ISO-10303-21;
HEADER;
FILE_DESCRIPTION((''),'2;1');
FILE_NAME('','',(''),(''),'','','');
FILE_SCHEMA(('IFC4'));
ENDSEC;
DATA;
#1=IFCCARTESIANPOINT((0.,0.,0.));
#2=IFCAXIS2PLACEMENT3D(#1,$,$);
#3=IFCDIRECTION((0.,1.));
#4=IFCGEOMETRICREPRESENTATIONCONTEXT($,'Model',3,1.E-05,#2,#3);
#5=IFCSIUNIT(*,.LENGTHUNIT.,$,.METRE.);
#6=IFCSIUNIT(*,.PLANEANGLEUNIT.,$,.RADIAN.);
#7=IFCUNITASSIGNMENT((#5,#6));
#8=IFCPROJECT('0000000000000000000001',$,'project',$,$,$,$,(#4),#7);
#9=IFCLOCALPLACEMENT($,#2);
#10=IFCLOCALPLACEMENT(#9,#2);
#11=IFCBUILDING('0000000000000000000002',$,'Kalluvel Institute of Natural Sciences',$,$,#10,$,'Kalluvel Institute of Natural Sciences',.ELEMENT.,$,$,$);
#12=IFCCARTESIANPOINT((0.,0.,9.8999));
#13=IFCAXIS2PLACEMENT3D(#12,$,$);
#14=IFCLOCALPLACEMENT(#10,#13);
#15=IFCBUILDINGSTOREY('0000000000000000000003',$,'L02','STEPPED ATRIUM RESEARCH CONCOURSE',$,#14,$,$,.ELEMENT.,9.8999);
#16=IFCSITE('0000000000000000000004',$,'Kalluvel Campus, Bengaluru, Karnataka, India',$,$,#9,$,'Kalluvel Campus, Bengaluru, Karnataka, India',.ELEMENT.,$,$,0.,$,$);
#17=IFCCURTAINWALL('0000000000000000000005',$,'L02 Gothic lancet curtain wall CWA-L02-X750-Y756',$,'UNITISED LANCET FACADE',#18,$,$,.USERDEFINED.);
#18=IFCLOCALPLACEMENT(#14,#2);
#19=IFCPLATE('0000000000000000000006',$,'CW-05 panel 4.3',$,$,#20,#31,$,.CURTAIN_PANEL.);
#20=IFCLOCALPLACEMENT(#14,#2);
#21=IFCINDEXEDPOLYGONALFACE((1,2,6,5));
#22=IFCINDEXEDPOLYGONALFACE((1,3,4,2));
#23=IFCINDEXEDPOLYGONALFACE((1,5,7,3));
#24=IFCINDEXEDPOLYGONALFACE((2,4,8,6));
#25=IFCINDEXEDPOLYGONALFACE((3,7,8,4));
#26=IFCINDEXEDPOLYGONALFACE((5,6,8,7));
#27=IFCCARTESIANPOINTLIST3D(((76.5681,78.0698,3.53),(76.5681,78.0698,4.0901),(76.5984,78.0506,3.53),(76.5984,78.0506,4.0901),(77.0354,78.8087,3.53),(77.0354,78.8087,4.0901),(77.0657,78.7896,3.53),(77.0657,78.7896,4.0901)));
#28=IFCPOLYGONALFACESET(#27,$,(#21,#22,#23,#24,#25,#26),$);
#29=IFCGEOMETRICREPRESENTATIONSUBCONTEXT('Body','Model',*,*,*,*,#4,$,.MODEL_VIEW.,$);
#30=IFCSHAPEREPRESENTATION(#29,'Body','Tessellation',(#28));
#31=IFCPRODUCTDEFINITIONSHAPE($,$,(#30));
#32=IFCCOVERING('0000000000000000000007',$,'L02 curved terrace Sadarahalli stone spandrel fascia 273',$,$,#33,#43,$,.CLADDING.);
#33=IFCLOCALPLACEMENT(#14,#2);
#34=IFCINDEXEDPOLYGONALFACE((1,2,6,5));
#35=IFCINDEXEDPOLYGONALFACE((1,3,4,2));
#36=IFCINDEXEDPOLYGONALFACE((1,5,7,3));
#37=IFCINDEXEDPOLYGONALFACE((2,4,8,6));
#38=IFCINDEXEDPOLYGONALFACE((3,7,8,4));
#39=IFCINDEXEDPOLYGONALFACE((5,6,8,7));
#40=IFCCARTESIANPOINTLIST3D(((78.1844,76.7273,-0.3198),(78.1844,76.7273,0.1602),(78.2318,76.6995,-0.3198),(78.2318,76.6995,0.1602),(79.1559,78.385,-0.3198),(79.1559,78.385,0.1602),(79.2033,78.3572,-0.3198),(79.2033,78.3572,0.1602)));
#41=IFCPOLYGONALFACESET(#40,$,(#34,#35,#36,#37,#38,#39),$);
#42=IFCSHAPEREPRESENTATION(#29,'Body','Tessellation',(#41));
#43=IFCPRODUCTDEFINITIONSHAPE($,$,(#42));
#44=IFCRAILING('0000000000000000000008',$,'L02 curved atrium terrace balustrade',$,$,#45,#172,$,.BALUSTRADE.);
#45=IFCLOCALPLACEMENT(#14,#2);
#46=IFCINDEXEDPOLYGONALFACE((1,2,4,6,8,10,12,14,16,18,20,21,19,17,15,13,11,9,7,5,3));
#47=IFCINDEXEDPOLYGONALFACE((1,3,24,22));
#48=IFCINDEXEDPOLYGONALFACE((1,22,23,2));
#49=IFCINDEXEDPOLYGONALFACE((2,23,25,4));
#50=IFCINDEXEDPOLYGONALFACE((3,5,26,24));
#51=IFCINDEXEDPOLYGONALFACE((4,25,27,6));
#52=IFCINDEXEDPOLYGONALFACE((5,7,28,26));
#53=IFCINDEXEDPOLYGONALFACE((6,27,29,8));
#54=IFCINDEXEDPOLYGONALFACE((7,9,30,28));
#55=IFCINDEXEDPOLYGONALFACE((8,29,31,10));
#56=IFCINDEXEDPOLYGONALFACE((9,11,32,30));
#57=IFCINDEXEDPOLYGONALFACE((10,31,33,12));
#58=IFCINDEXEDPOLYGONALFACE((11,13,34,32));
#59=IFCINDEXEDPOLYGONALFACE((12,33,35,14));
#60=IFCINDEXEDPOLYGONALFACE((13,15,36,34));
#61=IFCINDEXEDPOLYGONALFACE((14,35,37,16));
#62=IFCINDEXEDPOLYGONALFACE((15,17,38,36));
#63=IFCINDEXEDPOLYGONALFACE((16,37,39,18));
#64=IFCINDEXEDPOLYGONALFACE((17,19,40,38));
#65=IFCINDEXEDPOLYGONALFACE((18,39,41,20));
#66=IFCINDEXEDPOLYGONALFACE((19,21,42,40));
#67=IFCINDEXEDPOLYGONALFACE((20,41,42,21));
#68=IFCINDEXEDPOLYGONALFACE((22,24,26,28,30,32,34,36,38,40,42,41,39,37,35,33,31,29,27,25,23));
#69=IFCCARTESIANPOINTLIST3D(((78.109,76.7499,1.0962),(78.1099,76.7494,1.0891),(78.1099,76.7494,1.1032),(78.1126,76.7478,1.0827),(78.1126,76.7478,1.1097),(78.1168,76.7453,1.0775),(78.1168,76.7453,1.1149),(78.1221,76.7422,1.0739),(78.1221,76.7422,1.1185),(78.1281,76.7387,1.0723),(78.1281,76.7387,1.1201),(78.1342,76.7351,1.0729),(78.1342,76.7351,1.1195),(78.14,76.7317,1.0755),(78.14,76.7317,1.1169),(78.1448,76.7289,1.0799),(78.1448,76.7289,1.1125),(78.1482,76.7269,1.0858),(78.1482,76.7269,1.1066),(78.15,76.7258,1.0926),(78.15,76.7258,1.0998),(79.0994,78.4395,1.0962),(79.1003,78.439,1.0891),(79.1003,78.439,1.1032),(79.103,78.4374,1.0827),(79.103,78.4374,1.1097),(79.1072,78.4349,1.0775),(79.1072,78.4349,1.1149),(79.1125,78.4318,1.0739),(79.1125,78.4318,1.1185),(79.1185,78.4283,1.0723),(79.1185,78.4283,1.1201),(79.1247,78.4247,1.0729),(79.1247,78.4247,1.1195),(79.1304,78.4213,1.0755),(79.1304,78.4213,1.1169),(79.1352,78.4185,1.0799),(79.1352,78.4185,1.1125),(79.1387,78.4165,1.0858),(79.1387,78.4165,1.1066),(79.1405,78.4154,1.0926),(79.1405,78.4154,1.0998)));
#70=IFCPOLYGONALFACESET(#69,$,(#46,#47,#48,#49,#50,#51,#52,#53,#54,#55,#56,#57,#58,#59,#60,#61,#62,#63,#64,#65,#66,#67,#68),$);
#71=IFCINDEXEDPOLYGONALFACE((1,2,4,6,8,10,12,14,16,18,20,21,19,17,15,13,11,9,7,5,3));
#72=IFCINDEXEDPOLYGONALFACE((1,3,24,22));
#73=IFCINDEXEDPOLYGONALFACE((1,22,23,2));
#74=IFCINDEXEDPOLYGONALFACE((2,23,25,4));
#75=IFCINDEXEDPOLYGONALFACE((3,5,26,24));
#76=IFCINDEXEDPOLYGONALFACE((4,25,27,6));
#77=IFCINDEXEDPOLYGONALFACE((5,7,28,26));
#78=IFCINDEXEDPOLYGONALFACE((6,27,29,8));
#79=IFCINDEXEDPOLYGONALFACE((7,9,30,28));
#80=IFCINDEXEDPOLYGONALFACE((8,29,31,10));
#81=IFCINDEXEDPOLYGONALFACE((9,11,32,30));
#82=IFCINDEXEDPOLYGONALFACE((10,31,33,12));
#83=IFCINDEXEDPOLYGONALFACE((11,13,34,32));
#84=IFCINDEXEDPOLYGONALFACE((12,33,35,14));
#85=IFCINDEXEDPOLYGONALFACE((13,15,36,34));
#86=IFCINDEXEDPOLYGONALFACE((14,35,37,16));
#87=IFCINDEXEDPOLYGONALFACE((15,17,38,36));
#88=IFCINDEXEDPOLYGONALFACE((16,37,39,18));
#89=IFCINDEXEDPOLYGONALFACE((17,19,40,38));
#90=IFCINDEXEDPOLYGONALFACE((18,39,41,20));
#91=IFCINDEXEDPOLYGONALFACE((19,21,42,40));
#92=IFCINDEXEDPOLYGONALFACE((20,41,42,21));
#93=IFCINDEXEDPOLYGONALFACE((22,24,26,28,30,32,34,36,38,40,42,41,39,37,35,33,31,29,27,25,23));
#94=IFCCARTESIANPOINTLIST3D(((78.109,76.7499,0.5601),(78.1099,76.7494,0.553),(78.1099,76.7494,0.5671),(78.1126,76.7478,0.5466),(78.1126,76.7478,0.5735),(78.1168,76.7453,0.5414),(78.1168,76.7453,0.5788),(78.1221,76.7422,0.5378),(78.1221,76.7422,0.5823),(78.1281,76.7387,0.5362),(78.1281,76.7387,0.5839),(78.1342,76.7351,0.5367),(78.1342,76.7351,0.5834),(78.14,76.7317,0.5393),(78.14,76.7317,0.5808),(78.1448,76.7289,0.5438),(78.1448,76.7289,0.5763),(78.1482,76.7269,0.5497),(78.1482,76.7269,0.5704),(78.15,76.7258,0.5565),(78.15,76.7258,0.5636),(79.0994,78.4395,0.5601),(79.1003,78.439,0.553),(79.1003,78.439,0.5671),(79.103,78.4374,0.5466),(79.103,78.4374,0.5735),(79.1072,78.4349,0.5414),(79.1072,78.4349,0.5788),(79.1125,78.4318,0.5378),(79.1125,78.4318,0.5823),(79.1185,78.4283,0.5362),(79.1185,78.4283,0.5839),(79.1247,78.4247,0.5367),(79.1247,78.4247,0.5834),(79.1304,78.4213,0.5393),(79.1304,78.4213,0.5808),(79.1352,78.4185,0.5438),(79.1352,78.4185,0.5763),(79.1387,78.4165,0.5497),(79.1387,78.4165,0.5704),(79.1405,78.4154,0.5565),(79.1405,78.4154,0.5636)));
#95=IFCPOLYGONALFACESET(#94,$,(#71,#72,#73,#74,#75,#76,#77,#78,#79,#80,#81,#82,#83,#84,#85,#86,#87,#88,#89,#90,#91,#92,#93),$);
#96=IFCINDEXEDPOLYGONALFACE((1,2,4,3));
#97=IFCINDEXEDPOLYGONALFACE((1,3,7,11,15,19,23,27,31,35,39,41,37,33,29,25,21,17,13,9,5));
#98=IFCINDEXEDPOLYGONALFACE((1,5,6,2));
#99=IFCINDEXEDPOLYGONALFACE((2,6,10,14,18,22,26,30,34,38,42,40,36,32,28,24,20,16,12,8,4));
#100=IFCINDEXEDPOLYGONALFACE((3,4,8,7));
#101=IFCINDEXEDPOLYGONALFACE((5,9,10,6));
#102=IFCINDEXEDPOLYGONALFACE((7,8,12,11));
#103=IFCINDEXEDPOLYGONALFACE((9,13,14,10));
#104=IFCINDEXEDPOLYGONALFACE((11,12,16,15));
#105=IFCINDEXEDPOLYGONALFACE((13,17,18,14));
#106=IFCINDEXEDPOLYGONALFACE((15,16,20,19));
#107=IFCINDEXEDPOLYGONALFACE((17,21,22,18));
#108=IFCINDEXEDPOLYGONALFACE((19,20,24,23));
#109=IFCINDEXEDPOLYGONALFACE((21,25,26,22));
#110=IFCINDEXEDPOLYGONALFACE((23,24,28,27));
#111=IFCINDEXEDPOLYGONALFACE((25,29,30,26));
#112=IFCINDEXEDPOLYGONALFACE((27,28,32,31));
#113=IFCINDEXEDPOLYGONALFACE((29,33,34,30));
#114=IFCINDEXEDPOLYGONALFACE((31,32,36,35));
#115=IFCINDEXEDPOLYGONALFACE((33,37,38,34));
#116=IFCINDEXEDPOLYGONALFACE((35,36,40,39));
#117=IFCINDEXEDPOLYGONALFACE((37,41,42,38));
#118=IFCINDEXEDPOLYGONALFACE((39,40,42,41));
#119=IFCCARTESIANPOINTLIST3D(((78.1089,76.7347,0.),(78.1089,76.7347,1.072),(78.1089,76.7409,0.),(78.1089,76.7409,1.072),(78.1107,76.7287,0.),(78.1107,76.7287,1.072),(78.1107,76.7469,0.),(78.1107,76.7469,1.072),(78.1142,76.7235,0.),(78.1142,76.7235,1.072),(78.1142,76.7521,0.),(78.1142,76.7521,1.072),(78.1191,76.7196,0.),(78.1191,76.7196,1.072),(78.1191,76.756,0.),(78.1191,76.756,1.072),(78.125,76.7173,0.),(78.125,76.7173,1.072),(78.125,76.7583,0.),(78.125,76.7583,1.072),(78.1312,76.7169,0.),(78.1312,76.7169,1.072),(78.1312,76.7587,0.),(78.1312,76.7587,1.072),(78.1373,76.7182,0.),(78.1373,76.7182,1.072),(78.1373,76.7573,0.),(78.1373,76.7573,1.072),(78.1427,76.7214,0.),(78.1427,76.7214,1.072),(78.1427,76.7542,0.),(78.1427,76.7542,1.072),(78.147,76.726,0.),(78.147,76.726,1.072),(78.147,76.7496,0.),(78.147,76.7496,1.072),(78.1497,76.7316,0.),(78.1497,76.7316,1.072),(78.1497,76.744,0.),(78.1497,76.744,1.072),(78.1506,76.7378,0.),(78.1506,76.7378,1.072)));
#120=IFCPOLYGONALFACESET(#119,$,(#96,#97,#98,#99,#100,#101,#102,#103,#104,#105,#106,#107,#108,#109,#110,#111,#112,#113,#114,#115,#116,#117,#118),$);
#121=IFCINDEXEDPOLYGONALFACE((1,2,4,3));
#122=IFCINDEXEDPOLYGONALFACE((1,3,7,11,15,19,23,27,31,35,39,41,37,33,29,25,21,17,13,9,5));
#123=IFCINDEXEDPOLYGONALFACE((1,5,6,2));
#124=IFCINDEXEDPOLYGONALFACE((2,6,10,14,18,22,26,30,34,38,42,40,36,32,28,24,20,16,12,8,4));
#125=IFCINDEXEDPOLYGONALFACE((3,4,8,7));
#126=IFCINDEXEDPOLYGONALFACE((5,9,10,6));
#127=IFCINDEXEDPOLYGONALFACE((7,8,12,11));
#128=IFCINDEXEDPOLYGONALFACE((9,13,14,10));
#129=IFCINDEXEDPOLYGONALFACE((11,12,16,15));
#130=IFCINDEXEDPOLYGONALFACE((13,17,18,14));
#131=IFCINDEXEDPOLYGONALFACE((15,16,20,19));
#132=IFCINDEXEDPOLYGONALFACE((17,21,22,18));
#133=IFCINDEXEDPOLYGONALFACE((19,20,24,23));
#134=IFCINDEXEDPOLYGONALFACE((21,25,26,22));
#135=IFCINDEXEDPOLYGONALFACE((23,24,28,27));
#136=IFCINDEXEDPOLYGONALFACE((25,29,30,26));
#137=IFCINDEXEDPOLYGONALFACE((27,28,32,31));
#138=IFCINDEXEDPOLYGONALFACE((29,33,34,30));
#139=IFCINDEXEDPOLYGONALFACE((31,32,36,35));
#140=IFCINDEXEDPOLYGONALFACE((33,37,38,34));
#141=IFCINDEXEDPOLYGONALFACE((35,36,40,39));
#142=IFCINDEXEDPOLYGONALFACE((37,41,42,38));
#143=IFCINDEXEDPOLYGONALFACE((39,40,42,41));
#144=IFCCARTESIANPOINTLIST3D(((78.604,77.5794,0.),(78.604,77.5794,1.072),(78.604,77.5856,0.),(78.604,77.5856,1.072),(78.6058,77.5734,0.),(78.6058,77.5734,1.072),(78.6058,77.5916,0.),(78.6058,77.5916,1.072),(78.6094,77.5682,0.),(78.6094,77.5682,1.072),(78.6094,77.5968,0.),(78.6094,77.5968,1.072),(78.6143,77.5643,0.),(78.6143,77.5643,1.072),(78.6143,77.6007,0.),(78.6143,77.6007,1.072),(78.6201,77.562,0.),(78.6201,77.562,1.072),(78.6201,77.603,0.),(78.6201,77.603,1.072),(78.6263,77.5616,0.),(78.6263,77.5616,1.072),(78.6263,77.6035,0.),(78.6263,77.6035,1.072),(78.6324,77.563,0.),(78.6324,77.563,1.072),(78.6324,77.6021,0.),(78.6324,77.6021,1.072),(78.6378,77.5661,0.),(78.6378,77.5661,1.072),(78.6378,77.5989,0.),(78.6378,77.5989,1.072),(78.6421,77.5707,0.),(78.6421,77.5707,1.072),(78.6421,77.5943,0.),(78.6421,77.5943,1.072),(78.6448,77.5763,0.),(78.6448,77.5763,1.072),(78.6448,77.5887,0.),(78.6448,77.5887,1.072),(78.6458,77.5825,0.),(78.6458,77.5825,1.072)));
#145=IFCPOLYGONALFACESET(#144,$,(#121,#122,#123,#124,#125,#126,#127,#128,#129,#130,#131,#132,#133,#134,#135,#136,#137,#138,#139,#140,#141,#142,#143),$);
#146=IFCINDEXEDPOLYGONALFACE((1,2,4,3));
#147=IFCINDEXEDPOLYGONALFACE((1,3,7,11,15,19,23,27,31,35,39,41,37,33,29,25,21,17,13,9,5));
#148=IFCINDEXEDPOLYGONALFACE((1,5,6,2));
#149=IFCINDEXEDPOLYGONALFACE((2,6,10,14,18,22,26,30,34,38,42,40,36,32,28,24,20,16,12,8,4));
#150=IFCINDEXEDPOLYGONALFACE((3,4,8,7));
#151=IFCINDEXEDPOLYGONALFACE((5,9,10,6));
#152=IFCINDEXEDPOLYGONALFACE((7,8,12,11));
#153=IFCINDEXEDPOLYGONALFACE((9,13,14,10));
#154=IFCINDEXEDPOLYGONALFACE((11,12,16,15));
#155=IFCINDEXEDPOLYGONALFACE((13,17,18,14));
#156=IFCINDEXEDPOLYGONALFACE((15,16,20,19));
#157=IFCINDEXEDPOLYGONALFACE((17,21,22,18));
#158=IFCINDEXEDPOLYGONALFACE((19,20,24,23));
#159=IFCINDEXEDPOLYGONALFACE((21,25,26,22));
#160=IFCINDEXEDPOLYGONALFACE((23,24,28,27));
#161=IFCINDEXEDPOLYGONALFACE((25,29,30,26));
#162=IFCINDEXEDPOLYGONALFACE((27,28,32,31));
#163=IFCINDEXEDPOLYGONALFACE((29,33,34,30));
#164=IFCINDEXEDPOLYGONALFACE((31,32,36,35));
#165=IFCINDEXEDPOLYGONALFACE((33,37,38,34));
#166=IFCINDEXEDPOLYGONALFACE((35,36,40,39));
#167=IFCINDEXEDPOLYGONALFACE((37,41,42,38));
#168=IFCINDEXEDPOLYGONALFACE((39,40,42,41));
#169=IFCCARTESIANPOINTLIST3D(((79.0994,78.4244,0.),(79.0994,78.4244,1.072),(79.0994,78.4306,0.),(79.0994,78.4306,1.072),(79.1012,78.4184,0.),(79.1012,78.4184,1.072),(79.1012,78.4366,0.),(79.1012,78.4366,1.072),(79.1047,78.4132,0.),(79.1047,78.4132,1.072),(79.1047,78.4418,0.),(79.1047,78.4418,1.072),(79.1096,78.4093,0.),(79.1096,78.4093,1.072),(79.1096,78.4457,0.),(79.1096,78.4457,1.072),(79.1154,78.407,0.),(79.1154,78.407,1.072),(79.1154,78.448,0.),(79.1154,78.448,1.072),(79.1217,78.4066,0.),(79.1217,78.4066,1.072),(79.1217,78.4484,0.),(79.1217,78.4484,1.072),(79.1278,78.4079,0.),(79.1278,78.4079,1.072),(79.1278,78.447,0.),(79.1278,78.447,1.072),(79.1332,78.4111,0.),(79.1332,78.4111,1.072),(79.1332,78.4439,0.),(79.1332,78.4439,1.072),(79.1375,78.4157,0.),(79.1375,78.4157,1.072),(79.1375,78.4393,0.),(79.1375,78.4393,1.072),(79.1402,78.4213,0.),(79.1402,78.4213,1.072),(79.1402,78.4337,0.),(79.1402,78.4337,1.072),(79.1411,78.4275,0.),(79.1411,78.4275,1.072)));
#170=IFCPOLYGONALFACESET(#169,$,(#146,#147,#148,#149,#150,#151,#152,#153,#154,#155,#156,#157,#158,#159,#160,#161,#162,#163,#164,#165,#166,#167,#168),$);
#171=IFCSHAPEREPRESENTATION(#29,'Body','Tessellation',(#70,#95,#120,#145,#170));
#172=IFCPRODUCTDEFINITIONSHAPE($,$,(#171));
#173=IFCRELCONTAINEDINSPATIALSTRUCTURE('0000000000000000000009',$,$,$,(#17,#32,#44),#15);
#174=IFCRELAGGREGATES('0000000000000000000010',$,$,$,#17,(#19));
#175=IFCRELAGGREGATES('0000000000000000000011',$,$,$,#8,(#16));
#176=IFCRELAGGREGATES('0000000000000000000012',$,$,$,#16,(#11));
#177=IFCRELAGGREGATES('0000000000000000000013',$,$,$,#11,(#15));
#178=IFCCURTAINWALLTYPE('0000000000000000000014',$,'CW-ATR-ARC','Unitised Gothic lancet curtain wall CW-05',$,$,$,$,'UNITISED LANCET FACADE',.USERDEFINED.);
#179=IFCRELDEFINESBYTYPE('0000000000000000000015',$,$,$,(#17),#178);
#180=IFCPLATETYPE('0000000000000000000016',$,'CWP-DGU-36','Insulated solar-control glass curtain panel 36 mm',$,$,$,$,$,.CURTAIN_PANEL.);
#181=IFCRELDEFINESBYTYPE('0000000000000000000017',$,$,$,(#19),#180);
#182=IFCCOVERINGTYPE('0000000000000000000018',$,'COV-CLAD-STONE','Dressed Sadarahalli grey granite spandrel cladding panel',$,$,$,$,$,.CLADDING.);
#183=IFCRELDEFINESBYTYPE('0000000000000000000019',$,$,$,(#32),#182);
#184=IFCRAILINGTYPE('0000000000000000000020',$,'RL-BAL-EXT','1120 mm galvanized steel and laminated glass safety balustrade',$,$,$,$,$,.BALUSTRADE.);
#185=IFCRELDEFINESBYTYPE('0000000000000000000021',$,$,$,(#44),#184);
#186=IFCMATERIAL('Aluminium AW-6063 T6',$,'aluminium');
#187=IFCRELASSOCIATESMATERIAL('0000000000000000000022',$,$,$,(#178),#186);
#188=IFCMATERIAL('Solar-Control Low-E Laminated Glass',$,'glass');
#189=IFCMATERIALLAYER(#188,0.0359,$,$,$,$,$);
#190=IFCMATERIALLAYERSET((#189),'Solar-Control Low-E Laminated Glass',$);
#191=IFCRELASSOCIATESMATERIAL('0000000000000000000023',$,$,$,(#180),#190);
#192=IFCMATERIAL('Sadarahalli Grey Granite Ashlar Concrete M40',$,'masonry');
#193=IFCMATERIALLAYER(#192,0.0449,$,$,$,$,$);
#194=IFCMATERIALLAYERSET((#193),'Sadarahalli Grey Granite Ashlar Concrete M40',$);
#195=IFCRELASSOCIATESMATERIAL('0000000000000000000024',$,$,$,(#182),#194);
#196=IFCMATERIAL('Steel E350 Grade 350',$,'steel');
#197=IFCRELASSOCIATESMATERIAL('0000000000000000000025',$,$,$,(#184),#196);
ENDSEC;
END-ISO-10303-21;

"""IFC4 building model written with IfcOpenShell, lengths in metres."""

from ifc_helpers import new_model, si_unit, direction, frame, origin, origin_2d, place, context, subcontext, project, spatial, rectangle, circle, extrude, material, layer, layer_set, type_object, element, aggregate, save


model = new_model("IFC4")

# Units and contexts
model_context = context("Model", 3, precision=1e-05, world=origin(), true_north=direction((0.0, 1.0)))
body_context = subcontext(model_context, "Body", "Model", "MODEL_VIEW")
ifc_project = project(units=[si_unit("LENGTHUNIT", "METRE"), si_unit("PLANEANGLEUNIT", "RADIAN")], contexts=[model_context])

# Site, building, storey
site_placement = place(None, origin())
site = spatial("IfcSite", under=ifc_project, at=site_placement, Name="Kalluvel Campus, Bengaluru, Karnataka, India", LongName="Kalluvel Campus, Bengaluru, Karnataka, India", CompositionType="ELEMENT", RefElevation=0.0)
building_placement = place(site_placement, origin())
building = spatial("IfcBuilding", under=site, at=building_placement, Name="Kalluvel Institute of Natural Sciences", LongName="Kalluvel Institute of Natural Sciences", CompositionType="ELEMENT")
storey_placement = place(building_placement, frame((0.0, 0.0, 9.8999)))
storey = spatial("IfcBuildingStorey", under=building, at=storey_placement, Name="L02", Description="STEPPED ATRIUM RESEARCH CONCOURSE", CompositionType="ELEMENT", Elevation=9.8999)

# Curtain wall
ifc_material_1 = material(Name="Aluminium AW-6063 T6", Category="aluminium")
curtain_wall_type = type_object("IfcCurtainWallType", Name="CW-ATR-ARC", Description="Unitised Gothic lancet curtain wall CW-05", ElementType="UNITISED LANCET FACADE", PredefinedType="USERDEFINED", material=ifc_material_1)
curtain_wall_1_placement = place(storey_placement, origin())
curtain_wall_1 = element("IfcCurtainWall", 1, at=curtain_wall_1_placement, inside=storey, type_object=curtain_wall_type, Name="L02 Gothic lancet curtain wall CWA-L02-X750-Y756", ObjectType="UNITISED LANCET FACADE", PredefinedType="USERDEFINED")

# Plate
ifc_material_2 = material(Name="Solar-Control Low-E Laminated Glass", Category="glass")
ifc_layer_1 = layer(ifc_material_2, 0.0359)
ifc_layer_set_1 = layer_set([ifc_layer_1], Name="Solar-Control Low-E Laminated Glass")
plate_type = type_object("IfcPlateType", Name="CWP-DGU-36", Description="Insulated solar-control glass curtain panel 36 mm", PredefinedType="CURTAIN_PANEL", material=ifc_layer_set_1)
plate_1_placement = place(storey_placement, frame((76.8169, 78.4297, 3.53), z_axis=(0.0, 0.0, 1.0), x_axis=(0.534468, 0.845189, 0.0)))
plate_1 = element("IfcPlate", 2, at=plate_1_placement, type_object=plate_type, Name="CW-05 panel 4.3", PredefinedType="CURTAIN_PANEL", context=body_context, shape_type="SweptSolid", body=[
    extrude(rectangle(XDim=0.8743, YDim=0.0359, at=origin_2d()), origin(), (0.0, 0.0, 1.0), 0.5601),
])
aggregate(curtain_wall_1, [plate_1])

# Covering
ifc_material_3 = material(Name="Sadarahalli Grey Granite Ashlar Concrete M40", Category="masonry")
ifc_layer_2 = layer(ifc_material_3, 0.0449)
ifc_layer_set_2 = layer_set([ifc_layer_2], Name="Sadarahalli Grey Granite Ashlar Concrete M40")
covering_type = type_object("IfcCoveringType", Name="COV-CLAD-STONE", Description="Dressed Sadarahalli grey granite spandrel cladding panel", PredefinedType="CLADDING", material=ifc_layer_set_2)
covering_placement = place(storey_placement, frame((78.6938, 77.5422, -0.3198), z_axis=(0.0, 0.0, 1.0), x_axis=(0.505582, 0.862779, 0.0)))
element("IfcCovering", 3, at=covering_placement, inside=storey, type_object=covering_type, Name="L02 curved terrace Sadarahalli stone spandrel fascia 273", PredefinedType="CLADDING", context=body_context, shape_type="SweptSolid", body=[
    extrude(rectangle(XDim=1.9214, YDim=0.0549, at=origin_2d()), origin(), (0.0, 0.0, 1.0), 0.48),
])

# Railing
ifc_material_4 = material(Name="Steel E350 Grade 350", Category="steel")
railing_type = type_object("IfcRailingType", Name="RL-BAL-EXT", Description="1120 mm galvanized steel and laminated glass safety balustrade", PredefinedType="BALUSTRADE", material=ifc_material_4)
railing_1_placement = place(storey_placement, frame((78.1296, 76.7378, 0.0)))
element("IfcRailing", 4, at=railing_1_placement, inside=storey, type_object=railing_type, Name="L02 curved atrium terrace balustrade", PredefinedType="BALUSTRADE", context=body_context, shape_type="SweptSolid", body=[
    extrude(circle(Radius=0.0239, at=origin_2d()), frame((0.0, 0.0, 1.0962), z_axis=(0.505707, 0.862705, 0.0), x_axis=(-0.862705, 0.505707, 0.0)), (0.0, 0.0, 1.0), 1.9585),
    extrude(circle(Radius=0.0239, at=origin_2d()), frame((0.0, 0.0, 0.5601), z_axis=(0.505707, 0.862705, 0.0), x_axis=(-0.862705, 0.505707, 0.0)), (0.0, 0.0, 1.0), 1.9585),
    extrude(circle(Radius=0.021, at=origin_2d()), origin(), (0.0, 0.0, 1.0), 1.072),
    extrude(circle(Radius=0.021, at=origin_2d()), frame((0.4951, 0.8447, 0.0)), (0.0, 0.0, 1.0), 1.072),
    extrude(circle(Radius=0.021, at=origin_2d()), frame((0.9905, 1.6897, 0.0)), (0.0, 0.0, 1.0), 1.072),
])

save(model, "model.ifc")
